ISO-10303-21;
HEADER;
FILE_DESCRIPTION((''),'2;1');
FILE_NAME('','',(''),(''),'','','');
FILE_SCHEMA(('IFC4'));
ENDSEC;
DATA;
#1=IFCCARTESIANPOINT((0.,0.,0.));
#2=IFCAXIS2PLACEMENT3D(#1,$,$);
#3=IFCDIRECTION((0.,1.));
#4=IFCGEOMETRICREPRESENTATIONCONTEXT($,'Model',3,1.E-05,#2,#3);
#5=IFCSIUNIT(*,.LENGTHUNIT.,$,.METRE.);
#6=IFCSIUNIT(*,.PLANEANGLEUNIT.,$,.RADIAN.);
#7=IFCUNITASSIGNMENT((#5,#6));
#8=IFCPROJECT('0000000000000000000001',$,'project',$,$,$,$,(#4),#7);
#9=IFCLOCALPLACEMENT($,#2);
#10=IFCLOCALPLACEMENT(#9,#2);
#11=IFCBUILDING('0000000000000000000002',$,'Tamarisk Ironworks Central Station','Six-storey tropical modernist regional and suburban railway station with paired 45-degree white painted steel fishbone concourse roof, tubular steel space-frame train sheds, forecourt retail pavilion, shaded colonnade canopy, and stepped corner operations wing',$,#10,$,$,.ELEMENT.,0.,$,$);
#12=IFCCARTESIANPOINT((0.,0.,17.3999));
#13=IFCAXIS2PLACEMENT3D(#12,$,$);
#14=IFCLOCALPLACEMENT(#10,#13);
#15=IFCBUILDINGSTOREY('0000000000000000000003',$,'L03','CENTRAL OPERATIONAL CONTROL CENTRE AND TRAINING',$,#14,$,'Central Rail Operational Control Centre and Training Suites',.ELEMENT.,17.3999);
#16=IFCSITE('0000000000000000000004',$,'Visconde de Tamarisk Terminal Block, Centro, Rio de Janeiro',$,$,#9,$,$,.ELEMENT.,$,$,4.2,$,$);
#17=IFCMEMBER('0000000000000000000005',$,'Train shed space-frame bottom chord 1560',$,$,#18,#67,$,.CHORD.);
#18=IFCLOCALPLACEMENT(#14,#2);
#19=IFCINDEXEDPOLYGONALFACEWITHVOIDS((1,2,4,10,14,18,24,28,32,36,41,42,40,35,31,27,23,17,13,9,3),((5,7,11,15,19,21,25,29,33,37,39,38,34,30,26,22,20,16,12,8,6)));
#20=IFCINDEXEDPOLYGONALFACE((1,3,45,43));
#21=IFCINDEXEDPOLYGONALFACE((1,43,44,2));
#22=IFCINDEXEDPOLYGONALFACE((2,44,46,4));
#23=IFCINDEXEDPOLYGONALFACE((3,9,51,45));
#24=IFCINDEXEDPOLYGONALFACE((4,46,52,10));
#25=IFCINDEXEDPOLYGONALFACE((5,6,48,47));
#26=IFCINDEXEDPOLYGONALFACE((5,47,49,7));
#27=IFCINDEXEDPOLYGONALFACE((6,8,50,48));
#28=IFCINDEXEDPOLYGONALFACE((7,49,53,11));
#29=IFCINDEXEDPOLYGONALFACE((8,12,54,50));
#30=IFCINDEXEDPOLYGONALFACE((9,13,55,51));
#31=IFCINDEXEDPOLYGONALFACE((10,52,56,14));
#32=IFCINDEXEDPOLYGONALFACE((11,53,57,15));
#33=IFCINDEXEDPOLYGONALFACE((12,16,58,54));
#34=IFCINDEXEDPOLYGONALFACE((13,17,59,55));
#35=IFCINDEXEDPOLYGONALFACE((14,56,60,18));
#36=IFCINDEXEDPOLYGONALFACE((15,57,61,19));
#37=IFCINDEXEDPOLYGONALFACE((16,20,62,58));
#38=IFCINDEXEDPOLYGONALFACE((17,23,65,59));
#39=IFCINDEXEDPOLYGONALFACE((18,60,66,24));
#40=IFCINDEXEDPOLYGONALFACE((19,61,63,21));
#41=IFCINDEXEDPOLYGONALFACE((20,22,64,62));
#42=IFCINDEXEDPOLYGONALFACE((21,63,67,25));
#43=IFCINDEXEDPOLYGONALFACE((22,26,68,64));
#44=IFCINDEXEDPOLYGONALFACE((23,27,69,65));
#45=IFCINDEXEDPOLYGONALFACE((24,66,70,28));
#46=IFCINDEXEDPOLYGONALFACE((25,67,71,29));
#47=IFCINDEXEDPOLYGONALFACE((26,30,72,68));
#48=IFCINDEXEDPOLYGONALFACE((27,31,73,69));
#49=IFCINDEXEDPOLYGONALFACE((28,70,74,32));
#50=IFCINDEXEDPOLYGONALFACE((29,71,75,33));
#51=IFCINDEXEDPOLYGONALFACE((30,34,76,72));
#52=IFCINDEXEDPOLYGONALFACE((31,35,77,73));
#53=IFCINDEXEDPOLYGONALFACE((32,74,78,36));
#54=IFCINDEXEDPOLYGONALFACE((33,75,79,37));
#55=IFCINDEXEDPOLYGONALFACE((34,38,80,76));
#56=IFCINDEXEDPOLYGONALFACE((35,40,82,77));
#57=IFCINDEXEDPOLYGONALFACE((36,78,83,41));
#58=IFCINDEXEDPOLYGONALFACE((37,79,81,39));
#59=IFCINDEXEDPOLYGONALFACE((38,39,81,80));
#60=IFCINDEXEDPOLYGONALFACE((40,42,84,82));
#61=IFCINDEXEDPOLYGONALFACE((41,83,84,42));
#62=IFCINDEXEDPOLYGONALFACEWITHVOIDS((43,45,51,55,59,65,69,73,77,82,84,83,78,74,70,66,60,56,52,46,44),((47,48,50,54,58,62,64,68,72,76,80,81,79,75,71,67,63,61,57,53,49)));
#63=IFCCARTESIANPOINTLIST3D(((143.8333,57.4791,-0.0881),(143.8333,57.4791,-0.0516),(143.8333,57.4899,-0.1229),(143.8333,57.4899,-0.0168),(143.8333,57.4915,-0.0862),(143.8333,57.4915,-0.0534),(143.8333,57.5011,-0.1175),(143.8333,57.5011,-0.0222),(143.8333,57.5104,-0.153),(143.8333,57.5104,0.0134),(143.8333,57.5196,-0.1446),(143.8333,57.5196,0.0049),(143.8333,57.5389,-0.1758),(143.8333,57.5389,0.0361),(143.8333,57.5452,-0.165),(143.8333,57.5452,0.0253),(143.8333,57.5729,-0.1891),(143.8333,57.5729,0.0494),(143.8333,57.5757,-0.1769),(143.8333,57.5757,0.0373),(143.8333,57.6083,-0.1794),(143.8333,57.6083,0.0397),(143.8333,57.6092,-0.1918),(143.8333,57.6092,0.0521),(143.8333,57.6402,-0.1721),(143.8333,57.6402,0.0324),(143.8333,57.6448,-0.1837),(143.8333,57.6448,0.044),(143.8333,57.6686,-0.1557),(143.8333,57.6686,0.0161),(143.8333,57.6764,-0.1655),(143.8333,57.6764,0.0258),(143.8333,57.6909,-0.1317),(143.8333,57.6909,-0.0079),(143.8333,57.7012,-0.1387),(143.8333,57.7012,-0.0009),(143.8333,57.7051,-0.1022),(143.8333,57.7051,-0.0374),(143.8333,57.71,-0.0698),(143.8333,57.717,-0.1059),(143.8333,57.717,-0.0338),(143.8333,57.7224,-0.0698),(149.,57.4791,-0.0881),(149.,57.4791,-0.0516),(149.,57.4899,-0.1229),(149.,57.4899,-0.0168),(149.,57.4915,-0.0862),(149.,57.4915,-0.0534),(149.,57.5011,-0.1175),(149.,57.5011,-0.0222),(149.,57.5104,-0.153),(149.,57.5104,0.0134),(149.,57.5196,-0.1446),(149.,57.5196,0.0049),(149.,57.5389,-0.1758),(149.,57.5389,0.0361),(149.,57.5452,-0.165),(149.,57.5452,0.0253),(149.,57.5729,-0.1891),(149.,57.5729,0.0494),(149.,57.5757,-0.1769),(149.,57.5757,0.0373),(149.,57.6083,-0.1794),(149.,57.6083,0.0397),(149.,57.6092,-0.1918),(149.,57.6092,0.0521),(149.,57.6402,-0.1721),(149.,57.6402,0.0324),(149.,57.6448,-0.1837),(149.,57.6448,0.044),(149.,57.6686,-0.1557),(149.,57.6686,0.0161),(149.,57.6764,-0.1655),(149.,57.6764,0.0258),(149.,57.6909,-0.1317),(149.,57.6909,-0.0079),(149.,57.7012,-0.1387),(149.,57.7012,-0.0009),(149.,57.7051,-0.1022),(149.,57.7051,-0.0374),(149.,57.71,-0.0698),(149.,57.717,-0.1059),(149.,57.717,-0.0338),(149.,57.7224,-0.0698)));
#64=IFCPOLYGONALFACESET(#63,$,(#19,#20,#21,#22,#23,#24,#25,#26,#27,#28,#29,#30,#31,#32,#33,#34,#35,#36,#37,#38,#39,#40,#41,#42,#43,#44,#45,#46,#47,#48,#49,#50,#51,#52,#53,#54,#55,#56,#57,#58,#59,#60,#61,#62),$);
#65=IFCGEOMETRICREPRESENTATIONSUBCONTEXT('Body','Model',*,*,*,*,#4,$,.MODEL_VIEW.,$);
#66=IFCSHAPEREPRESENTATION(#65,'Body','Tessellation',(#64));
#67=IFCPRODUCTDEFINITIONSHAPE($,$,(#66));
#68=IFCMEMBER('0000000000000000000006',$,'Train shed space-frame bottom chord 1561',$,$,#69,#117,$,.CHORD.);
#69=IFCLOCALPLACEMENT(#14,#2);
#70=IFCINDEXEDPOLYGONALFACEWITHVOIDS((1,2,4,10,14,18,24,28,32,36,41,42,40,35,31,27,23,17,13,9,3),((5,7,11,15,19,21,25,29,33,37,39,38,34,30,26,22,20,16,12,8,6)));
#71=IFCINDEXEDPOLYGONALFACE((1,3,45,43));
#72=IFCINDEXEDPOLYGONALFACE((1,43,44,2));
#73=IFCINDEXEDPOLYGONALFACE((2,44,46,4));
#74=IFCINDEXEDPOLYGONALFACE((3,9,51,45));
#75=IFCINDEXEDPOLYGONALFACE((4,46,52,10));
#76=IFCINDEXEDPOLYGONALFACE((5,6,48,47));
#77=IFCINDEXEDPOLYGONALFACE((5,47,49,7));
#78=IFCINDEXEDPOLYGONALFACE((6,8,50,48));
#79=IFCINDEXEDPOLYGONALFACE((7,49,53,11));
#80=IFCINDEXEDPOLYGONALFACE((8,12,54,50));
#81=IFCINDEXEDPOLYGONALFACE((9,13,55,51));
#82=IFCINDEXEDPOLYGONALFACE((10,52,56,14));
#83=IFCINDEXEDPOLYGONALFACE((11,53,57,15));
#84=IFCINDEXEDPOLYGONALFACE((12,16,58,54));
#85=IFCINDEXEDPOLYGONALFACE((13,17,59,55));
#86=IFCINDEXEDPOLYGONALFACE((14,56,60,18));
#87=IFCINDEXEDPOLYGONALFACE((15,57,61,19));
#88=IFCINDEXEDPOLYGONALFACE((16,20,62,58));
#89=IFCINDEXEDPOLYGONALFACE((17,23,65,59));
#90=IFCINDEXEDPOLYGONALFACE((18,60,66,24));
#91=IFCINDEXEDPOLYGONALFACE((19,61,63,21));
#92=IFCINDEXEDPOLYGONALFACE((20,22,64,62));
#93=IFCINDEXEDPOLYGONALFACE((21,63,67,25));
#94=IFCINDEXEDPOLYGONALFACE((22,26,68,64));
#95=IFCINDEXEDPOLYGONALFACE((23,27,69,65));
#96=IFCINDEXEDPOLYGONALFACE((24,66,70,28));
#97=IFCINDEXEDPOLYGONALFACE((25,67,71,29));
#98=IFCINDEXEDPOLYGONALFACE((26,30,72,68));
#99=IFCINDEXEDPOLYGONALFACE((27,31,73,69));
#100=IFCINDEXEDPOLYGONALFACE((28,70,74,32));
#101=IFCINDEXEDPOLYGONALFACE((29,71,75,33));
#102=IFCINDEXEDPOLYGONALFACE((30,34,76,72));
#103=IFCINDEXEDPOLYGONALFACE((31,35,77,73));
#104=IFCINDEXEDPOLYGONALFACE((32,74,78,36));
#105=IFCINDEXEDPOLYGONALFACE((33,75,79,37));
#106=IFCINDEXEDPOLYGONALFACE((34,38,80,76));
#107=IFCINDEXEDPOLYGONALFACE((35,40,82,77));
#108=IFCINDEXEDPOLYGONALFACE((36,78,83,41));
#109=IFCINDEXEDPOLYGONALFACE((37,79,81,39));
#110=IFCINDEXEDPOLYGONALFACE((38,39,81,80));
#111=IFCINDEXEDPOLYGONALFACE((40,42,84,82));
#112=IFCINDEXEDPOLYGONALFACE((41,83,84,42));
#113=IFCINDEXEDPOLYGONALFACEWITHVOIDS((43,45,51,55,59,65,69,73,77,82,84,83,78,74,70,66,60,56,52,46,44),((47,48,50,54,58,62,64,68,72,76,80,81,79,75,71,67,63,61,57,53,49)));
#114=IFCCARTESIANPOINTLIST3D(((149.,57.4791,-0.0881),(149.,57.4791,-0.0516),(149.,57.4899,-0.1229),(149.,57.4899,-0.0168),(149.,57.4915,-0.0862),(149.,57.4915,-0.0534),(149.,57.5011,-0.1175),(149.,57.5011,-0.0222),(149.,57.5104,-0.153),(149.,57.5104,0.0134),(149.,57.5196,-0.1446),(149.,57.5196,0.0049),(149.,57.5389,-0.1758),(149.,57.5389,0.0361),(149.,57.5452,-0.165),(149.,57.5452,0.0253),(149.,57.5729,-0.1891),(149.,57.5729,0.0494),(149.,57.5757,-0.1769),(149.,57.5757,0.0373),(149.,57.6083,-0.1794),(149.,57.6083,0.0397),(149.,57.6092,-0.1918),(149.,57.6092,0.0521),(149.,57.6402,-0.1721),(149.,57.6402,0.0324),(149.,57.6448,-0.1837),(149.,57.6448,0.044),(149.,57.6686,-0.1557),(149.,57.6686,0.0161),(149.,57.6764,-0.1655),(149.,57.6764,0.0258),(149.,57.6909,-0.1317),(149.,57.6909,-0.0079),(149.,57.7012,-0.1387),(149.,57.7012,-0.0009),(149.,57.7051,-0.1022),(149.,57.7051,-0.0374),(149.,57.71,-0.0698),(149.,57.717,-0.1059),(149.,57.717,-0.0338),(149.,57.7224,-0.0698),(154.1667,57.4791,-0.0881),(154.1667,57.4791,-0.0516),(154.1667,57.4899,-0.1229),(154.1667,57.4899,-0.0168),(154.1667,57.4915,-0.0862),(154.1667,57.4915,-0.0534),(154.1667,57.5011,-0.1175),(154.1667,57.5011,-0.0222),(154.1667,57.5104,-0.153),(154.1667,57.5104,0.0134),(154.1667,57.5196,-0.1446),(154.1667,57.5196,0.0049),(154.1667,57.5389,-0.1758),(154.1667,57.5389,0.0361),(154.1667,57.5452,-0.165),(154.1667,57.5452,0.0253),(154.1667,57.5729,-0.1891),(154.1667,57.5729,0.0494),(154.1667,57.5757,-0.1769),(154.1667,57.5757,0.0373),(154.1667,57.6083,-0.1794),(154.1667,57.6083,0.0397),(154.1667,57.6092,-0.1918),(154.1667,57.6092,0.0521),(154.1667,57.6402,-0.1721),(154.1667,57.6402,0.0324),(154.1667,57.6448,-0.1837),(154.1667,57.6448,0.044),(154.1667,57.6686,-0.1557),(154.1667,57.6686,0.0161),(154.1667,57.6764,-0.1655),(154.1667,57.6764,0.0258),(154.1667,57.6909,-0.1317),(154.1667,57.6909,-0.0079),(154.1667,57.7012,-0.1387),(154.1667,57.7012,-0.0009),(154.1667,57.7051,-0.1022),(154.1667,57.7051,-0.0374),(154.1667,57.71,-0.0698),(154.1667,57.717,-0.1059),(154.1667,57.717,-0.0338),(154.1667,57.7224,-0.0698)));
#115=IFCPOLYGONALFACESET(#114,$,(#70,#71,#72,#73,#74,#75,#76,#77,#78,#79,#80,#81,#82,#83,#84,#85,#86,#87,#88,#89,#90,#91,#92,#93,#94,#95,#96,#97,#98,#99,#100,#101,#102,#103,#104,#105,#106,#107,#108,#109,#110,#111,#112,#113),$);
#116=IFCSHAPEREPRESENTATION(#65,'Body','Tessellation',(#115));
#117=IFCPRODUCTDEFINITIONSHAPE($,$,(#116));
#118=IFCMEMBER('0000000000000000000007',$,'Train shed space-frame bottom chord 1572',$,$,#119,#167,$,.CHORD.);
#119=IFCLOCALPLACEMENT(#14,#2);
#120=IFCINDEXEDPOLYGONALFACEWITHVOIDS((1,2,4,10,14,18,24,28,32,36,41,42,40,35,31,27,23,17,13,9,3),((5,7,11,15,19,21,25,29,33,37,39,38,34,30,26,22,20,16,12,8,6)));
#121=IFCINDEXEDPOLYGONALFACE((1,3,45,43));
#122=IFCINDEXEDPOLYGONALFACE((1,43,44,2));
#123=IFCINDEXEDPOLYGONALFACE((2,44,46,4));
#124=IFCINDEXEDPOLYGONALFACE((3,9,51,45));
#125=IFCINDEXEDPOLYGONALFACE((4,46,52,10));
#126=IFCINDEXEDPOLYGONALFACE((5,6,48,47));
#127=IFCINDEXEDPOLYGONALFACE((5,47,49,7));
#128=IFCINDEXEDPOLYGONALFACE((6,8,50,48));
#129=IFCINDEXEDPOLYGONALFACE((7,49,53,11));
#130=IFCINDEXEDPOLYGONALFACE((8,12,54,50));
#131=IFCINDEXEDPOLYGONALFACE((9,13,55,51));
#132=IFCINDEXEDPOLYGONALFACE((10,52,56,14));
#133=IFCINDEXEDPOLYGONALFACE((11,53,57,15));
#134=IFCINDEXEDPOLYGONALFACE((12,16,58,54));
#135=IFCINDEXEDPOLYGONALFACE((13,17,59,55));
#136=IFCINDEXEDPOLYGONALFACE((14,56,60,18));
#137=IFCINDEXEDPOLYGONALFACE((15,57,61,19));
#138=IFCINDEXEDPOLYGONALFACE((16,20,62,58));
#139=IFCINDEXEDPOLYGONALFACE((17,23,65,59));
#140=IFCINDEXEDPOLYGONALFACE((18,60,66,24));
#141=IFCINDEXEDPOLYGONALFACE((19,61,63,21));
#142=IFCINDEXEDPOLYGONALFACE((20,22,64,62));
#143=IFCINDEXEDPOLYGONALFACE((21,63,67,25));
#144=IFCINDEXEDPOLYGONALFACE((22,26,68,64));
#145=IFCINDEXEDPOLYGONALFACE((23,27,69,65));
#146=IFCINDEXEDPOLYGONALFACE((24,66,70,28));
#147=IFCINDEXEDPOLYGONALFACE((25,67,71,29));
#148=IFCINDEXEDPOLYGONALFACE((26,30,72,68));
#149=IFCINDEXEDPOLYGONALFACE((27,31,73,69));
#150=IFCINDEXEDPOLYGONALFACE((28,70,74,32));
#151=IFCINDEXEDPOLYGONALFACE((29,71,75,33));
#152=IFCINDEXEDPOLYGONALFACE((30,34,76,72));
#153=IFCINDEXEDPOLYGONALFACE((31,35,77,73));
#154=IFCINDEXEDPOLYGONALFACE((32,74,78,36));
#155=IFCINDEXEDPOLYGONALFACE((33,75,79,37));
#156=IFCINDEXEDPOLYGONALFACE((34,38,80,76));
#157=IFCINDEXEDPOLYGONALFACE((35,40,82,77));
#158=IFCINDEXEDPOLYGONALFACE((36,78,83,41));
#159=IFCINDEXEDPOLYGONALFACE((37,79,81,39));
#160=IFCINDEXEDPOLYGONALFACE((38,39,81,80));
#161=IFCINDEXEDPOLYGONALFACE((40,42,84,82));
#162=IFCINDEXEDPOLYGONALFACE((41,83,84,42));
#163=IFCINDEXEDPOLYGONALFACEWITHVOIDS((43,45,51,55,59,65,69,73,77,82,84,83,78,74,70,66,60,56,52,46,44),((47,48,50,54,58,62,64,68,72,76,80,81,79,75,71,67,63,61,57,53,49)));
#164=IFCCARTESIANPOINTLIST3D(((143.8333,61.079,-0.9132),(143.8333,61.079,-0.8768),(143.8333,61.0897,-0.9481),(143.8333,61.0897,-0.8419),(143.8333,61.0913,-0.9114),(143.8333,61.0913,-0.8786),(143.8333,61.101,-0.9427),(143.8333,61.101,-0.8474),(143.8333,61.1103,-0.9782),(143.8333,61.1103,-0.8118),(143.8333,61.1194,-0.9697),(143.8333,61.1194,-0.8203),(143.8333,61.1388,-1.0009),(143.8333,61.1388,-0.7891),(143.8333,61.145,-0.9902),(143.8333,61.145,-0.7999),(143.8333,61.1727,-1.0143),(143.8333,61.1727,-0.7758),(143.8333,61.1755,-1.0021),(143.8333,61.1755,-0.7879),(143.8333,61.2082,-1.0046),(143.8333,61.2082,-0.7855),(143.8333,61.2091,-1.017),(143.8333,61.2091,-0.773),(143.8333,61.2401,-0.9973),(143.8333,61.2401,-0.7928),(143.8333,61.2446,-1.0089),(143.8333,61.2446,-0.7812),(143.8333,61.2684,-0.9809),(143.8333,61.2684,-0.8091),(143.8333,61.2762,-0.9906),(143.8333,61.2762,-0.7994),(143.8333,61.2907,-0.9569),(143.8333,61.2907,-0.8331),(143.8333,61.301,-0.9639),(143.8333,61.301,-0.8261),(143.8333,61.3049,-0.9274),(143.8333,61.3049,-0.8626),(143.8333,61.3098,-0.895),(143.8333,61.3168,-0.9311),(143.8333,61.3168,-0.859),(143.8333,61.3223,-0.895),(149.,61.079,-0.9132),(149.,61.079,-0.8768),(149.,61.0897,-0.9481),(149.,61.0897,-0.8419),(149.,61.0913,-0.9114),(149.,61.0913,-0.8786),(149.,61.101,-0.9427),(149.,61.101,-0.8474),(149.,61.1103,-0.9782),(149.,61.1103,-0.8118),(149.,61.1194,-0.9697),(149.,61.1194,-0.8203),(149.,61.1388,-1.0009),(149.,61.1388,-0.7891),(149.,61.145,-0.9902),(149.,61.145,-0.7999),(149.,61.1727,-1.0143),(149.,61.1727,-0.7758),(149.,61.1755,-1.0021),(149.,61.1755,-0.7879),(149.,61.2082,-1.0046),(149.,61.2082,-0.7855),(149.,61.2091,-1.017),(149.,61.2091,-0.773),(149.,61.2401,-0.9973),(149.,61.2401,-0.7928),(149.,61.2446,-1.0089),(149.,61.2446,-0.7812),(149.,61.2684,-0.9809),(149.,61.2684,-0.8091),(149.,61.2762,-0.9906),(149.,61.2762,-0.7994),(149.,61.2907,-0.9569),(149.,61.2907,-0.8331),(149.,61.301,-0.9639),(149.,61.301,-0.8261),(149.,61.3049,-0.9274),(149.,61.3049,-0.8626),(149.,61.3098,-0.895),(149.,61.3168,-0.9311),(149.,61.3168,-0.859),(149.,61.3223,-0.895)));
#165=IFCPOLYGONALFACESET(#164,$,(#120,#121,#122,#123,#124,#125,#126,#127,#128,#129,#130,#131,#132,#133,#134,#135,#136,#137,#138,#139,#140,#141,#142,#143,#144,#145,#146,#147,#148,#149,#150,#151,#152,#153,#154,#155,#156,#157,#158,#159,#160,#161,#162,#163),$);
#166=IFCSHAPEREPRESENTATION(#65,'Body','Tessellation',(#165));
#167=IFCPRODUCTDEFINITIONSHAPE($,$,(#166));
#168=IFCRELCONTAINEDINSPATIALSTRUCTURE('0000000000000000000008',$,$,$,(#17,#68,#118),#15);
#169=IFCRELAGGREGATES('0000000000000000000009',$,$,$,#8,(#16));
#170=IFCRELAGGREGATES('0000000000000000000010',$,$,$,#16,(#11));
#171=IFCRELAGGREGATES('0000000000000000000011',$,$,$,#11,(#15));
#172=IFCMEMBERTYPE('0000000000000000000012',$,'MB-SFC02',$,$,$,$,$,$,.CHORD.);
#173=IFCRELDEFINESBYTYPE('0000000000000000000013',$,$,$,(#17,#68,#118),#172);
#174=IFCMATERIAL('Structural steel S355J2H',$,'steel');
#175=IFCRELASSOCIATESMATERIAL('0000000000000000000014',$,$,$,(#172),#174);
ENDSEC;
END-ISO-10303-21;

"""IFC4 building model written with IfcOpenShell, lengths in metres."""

from ifc_helpers import new_model, si_unit, direction, frame, origin, origin_2d, place, context, subcontext, project, spatial, hollow_circle, extrude, material, material_profile, profile_set, type_object, element, save


model = new_model("IFC4")

# Units and contexts
model_context = context("Model", 3, precision=1e-05, world=origin(), true_north=direction((0.0, 1.0)))
body_context = subcontext(model_context, "Body", "Model", "MODEL_VIEW")
ifc_project = project(units=[si_unit("LENGTHUNIT", "METRE"), si_unit("PLANEANGLEUNIT", "RADIAN")], contexts=[model_context])

# Site, building, storey
site_placement = place(None, origin())
site = spatial("IfcSite", under=ifc_project, at=site_placement, Name="Visconde de Tamarisk Terminal Block, Centro, Rio de Janeiro", CompositionType="ELEMENT", RefElevation=4.2)
building_placement = place(site_placement, origin())
building = spatial("IfcBuilding", under=site, at=building_placement, Name="Tamarisk Ironworks Central Station", Description="Six-storey tropical modernist regional and suburban railway station with paired 45-degree white painted steel fishbone concourse roof, tubular steel space-frame train sheds, forecourt retail pavilion, shaded colonnade canopy, and stepped corner operations wing", CompositionType="ELEMENT", ElevationOfRefHeight=0.0)
storey_placement = place(building_placement, frame((0.0, 0.0, 17.3999)))
storey = spatial("IfcBuildingStorey", under=building, at=storey_placement, Name="L03", Description="CENTRAL OPERATIONAL CONTROL CENTRE AND TRAINING", LongName="Central Rail Operational Control Centre and Training Suites", CompositionType="ELEMENT", Elevation=17.3999)

# Members
ifc_material = material(Name="Structural steel S355J2H", Category="steel")
ifc_material_profile_1 = material_profile(ifc_material, hollow_circle(Radius=0.1223, WallThickness=0.0125, at=origin_2d()), Name="CHS 244.5x12.5")
ifc_profile_set_1 = profile_set([ifc_material_profile_1], Name="Structural steel S355J2H")
member_type_1 = type_object("IfcMemberType", Name="MB-SFC02", PredefinedType="CHORD", material=ifc_profile_set_1)
for number, where, z_axis, x_axis, name in (
    (1, (143.8333, 57.6001, -0.0698), (1.0, 0.0, 0.0), (0.0, 1.0, 0.0), "Train shed space-frame bottom chord 1560"),
    (2, (149.0, 57.6001, -0.0698), (1.0, 0.0, 0.0), (0.0, 1.0, 0.0), "Train shed space-frame bottom chord 1561"),
    (3, (143.8333, 61.2, -0.895), (1.0, 0.0, 0.0), (0.0, 1.0, 0.0), "Train shed space-frame bottom chord 1572"),
):
    element("IfcMember", number, at=place(storey_placement, frame(where, z_axis=z_axis, x_axis=x_axis)), inside=storey, type_object=member_type_1, Name=name, PredefinedType="CHORD", context=body_context, shape_type="SweptSolid", body=[
        extrude(hollow_circle(Radius=0.1223, WallThickness=0.0125, at=origin_2d()), origin(), (0.0, 0.0, 1.0), 5.1667),
    ])

save(model, "model.ifc")
